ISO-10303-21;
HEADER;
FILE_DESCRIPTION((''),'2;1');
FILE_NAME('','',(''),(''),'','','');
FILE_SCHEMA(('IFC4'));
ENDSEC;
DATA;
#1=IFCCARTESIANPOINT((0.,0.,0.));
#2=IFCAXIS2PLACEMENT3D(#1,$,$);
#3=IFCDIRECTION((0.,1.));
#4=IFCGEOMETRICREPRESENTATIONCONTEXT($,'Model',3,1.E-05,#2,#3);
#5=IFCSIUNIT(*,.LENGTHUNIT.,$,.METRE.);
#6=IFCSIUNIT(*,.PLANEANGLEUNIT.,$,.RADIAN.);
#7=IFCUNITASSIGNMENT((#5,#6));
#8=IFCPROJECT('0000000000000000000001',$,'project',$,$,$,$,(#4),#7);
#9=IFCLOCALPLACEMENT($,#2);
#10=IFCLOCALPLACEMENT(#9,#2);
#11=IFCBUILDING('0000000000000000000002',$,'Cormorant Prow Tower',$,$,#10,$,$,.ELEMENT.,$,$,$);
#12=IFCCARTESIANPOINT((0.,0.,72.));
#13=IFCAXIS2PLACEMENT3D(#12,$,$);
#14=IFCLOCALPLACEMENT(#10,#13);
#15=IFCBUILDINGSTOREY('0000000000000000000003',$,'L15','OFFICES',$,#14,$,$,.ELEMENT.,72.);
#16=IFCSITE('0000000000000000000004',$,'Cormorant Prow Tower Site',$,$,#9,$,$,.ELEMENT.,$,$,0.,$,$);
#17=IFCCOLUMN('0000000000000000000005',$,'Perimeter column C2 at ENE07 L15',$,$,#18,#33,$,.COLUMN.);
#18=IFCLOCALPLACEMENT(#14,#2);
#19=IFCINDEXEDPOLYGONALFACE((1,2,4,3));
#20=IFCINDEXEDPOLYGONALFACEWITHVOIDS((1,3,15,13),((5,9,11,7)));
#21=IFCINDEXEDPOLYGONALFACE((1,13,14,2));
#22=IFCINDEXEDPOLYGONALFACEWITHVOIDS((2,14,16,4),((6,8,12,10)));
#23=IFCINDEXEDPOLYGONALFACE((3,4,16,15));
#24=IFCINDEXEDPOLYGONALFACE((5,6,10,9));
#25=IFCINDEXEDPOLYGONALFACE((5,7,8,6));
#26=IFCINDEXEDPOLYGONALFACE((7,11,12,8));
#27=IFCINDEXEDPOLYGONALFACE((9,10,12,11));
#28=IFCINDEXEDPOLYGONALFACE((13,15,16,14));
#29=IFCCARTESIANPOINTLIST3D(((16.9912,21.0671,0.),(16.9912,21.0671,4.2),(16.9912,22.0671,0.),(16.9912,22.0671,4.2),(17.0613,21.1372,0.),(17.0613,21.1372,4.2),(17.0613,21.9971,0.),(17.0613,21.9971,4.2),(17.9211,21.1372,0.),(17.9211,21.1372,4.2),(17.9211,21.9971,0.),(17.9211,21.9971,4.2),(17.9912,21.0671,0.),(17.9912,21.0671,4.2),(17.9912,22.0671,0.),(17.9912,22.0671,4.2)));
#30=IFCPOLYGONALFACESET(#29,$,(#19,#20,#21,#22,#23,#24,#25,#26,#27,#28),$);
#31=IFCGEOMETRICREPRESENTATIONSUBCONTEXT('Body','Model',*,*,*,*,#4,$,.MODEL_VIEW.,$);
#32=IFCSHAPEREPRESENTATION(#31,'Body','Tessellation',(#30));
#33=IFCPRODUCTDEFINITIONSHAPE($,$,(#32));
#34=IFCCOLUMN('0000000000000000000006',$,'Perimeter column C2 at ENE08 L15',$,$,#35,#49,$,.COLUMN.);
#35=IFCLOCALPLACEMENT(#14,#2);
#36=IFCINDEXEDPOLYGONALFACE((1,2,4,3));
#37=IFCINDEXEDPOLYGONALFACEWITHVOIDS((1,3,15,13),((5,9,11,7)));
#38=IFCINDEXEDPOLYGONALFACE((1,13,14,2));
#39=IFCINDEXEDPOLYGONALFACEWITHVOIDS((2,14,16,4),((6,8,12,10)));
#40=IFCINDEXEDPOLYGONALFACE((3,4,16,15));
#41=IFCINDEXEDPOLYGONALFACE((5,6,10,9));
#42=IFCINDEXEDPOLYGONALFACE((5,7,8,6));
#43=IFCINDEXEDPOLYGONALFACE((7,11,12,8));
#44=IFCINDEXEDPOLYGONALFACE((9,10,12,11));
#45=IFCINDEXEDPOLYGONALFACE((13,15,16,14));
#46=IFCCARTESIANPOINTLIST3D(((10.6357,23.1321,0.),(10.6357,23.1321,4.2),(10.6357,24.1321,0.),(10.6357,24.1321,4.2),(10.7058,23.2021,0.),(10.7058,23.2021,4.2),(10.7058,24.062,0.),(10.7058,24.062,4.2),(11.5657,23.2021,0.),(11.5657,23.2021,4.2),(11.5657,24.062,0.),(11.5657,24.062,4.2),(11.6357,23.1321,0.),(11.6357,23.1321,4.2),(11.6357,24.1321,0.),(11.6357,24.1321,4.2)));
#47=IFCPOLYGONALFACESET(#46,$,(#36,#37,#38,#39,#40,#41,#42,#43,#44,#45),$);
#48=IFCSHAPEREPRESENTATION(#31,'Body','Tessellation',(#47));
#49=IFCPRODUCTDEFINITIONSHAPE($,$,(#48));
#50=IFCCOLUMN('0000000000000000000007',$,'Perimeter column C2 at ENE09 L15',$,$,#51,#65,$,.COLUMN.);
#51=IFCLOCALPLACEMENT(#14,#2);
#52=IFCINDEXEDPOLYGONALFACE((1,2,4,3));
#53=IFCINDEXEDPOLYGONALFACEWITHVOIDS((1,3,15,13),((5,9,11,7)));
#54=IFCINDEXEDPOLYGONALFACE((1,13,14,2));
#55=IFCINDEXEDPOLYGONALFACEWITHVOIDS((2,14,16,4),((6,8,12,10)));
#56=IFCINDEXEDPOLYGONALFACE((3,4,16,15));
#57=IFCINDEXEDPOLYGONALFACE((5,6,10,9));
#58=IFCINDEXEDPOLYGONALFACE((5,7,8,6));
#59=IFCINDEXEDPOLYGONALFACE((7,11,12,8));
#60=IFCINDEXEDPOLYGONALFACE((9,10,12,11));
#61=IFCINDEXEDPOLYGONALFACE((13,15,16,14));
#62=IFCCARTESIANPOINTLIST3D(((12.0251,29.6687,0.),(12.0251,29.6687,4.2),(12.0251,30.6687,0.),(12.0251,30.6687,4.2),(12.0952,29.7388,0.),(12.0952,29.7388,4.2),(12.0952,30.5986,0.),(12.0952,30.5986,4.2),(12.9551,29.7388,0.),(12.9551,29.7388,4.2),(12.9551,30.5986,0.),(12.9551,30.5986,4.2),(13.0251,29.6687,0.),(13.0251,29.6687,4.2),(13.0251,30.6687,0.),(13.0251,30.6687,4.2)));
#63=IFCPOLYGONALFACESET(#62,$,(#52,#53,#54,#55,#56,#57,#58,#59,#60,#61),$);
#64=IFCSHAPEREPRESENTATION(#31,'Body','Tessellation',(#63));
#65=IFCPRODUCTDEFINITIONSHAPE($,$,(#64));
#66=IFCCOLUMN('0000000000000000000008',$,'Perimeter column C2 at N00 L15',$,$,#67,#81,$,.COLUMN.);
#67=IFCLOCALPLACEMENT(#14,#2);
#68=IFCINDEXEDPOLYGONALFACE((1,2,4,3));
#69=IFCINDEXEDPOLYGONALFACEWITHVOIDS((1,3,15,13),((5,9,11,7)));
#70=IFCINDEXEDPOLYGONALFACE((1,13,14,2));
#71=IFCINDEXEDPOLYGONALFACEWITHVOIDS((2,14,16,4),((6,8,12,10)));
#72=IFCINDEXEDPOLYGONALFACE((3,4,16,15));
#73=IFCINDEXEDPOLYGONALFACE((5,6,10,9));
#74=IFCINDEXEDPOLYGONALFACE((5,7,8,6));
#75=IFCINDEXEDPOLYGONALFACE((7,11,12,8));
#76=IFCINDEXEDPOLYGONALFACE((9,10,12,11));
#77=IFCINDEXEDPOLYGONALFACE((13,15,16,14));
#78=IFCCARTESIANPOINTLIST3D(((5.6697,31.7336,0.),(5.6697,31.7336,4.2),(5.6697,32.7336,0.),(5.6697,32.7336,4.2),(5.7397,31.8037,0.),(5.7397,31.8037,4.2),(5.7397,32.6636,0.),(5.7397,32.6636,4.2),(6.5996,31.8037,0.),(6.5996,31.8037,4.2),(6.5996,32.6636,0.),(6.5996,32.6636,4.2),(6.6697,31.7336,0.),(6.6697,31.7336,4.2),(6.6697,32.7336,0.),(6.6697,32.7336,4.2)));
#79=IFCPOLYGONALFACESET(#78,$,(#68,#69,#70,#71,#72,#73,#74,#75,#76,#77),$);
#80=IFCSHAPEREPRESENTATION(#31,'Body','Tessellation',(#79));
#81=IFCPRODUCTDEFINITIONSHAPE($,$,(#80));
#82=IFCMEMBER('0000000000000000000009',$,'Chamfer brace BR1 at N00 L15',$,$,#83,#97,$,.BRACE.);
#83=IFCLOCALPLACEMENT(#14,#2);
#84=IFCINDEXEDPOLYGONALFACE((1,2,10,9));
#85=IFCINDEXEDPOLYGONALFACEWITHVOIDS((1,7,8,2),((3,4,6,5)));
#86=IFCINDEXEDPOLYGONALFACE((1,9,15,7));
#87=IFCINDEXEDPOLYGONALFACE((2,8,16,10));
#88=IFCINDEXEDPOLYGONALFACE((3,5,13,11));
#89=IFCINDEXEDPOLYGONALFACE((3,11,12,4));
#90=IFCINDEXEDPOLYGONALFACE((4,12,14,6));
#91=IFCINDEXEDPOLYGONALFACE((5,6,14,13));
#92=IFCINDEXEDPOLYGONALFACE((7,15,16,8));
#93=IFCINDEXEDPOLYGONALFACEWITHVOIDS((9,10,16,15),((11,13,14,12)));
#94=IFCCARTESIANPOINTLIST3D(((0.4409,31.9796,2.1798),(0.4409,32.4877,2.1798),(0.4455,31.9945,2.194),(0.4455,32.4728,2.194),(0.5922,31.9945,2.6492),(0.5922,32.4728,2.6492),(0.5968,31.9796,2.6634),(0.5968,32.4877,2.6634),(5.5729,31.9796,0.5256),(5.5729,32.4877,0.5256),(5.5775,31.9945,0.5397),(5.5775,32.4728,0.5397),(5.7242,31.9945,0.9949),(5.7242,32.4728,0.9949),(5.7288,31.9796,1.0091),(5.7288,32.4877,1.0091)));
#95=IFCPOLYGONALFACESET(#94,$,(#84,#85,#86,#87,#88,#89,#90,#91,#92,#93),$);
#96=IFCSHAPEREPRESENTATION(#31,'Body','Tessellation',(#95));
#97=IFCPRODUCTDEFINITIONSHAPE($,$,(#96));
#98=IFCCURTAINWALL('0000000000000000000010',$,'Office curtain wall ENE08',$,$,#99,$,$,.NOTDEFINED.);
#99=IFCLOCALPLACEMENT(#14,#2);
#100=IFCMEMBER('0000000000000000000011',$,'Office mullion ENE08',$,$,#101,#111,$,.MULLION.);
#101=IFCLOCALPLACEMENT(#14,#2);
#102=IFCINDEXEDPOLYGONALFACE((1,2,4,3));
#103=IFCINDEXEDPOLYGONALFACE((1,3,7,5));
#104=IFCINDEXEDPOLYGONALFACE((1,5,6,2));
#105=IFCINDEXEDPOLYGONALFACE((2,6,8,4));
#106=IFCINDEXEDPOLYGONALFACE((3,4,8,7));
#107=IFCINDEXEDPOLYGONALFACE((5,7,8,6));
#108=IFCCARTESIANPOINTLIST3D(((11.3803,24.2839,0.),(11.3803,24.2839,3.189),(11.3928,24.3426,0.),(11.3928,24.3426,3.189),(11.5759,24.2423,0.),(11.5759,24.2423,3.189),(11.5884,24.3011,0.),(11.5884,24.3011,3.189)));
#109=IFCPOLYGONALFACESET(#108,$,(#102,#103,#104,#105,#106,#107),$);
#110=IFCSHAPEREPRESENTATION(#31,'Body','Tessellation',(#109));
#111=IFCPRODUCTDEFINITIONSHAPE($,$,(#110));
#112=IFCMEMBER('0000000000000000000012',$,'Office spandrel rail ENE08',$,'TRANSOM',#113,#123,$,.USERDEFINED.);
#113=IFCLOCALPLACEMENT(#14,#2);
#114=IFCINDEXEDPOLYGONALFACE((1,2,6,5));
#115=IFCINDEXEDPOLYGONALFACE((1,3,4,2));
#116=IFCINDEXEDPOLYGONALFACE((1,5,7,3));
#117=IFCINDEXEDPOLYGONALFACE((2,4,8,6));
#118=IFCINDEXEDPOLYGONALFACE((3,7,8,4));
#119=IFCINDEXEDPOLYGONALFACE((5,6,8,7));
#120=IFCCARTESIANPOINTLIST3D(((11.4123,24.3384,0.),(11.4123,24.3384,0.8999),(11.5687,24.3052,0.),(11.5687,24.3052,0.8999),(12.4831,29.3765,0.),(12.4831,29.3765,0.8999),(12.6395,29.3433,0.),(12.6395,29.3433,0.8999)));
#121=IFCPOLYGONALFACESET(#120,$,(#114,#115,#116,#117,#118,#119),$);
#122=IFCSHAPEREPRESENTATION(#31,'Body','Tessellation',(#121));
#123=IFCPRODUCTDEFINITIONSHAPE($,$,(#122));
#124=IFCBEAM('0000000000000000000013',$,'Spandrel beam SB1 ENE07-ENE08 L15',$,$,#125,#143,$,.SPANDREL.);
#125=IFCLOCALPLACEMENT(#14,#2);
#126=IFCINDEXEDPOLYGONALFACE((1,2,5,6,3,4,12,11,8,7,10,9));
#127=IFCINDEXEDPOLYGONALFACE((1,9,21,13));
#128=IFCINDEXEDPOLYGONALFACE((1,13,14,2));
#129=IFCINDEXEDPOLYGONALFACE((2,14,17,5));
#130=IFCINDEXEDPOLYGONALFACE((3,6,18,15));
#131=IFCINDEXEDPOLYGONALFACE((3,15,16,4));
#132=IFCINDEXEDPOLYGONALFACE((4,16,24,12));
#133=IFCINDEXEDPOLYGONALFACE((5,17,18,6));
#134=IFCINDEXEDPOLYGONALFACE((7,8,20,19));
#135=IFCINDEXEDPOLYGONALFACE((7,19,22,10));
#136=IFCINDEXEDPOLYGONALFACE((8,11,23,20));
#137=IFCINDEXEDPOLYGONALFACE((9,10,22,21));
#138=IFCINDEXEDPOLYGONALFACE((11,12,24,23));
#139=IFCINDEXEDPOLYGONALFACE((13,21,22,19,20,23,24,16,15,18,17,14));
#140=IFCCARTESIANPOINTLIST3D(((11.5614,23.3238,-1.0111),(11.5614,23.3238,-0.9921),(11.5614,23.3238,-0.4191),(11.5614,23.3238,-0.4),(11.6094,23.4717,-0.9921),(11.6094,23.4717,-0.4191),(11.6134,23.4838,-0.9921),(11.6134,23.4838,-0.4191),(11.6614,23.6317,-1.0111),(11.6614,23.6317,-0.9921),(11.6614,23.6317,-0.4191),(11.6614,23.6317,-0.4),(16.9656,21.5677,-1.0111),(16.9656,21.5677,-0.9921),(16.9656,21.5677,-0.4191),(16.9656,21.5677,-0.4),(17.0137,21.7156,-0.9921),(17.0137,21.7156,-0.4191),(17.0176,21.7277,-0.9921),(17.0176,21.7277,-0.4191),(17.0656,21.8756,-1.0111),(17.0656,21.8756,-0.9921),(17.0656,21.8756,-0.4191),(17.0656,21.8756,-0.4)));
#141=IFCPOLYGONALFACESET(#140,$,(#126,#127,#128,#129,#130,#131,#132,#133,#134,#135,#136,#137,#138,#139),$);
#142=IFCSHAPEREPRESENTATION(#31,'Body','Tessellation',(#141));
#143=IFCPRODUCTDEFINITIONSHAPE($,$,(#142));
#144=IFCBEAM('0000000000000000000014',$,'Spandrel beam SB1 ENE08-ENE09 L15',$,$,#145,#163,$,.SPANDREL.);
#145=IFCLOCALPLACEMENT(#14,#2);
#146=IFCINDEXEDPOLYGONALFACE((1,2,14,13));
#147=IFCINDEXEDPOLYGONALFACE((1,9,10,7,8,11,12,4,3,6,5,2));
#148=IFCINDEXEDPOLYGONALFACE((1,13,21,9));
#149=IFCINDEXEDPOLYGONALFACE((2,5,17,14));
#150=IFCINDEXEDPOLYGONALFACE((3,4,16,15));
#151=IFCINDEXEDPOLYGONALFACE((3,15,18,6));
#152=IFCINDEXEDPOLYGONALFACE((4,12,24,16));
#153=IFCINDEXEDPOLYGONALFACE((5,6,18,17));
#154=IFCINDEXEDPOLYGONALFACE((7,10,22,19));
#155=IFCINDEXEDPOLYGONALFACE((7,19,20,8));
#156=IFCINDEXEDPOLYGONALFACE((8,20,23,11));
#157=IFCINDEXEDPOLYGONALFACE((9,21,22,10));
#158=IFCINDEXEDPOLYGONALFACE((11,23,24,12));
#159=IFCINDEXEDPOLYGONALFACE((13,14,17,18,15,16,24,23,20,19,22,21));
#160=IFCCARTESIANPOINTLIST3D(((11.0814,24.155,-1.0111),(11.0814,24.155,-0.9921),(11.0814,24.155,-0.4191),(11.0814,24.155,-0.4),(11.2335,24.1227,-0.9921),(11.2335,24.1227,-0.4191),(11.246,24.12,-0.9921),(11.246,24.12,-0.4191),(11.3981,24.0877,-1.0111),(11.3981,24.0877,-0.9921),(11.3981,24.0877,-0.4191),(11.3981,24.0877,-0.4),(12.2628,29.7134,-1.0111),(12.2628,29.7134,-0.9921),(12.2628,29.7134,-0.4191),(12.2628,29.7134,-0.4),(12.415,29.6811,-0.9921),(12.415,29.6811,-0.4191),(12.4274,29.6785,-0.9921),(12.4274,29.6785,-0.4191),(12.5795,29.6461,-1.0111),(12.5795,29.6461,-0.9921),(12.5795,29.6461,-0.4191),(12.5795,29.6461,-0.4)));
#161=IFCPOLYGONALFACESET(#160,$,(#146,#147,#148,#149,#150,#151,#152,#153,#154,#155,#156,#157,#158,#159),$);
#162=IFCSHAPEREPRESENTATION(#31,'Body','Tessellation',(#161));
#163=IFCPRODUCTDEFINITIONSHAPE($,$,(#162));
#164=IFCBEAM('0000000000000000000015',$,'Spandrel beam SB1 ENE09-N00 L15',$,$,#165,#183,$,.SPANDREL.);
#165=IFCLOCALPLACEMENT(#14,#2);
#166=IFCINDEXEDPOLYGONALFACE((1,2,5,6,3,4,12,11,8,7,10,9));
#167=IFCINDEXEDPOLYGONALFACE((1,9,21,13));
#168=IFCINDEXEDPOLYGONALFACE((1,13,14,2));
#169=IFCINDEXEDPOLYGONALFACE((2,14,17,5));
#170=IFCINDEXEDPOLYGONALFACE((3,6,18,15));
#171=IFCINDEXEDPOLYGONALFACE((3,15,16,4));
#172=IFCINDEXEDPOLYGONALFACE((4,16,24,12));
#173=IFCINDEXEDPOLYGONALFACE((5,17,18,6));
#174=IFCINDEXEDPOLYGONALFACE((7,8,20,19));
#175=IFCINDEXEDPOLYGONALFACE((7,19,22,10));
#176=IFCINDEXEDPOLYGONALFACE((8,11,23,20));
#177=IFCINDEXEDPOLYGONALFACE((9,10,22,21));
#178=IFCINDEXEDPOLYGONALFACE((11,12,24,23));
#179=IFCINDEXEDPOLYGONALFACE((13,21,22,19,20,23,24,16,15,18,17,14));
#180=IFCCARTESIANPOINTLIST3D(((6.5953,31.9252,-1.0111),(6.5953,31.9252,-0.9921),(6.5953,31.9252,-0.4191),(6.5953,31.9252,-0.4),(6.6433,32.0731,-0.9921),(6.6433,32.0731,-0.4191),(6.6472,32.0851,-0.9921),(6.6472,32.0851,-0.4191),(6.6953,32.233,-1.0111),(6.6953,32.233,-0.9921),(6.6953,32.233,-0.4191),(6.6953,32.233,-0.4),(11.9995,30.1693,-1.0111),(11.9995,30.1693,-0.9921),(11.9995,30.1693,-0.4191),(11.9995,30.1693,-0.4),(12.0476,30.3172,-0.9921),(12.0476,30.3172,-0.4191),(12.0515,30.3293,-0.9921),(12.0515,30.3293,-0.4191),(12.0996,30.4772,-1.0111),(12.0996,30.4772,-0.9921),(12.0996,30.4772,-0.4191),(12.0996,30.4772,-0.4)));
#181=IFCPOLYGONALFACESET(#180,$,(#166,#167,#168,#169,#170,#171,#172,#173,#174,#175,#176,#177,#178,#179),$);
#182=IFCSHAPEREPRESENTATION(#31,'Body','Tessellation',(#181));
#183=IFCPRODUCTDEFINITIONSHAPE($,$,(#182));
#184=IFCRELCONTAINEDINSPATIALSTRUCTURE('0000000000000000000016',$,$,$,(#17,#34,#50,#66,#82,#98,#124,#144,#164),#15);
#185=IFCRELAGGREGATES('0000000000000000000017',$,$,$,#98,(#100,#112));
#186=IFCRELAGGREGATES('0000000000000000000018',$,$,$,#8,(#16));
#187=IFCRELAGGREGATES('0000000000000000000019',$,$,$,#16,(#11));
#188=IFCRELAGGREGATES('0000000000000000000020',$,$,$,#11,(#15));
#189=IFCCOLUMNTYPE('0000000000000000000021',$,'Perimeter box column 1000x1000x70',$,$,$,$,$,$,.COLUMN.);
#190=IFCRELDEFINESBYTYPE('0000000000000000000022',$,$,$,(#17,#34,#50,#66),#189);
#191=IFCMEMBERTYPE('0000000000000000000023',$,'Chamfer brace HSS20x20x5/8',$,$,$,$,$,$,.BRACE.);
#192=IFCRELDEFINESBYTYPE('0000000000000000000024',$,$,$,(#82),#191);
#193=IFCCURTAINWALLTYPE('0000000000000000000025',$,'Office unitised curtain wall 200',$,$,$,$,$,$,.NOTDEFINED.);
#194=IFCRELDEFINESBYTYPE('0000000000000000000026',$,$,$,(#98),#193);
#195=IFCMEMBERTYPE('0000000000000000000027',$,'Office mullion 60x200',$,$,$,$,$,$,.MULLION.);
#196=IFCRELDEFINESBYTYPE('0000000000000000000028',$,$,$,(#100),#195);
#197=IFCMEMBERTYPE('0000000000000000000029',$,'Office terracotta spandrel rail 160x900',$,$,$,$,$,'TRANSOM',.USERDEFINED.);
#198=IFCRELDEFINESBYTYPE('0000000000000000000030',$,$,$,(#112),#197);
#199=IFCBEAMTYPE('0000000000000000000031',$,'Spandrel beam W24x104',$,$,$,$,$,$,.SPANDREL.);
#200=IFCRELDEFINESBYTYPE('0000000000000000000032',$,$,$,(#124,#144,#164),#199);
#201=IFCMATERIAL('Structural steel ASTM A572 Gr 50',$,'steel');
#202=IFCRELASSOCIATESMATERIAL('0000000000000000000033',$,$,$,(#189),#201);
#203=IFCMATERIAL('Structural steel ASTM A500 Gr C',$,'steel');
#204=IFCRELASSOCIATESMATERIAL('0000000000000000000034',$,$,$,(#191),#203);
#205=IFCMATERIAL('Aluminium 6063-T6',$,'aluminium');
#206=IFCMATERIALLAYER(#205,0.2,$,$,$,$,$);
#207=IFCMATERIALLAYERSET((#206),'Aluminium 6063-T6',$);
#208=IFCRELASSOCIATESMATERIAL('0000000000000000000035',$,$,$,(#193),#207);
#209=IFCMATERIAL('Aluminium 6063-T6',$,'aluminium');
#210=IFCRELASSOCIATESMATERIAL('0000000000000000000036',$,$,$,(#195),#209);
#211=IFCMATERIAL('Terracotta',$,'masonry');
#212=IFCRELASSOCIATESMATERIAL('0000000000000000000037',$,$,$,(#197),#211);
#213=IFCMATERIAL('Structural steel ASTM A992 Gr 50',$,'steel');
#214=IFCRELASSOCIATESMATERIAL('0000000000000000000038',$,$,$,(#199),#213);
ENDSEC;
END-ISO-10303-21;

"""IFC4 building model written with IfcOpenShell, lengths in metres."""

from ifc_helpers import new_model, si_unit, direction, frame, origin, origin_2d, place, context, subcontext, project, spatial, rectangle, hollow_rectangle, i_section, extrude, material, layer, layer_set, material_profile, profile_set, type_object, element, aggregate, save


model = new_model("IFC4")

# Units and contexts
model_context = context("Model", 3, precision=1e-05, world=origin(), true_north=direction((0.0, 1.0)))
body_context = subcontext(model_context, "Body", "Model", "MODEL_VIEW")
ifc_project = project(units=[si_unit("LENGTHUNIT", "METRE"), si_unit("PLANEANGLEUNIT", "RADIAN")], contexts=[model_context])

# Site, building, storey
site_placement = place(None, origin())
site = spatial("IfcSite", under=ifc_project, at=site_placement, Name="Cormorant Prow Tower Site", CompositionType="ELEMENT", RefElevation=0.0)
building_placement = place(site_placement, origin())
building = spatial("IfcBuilding", under=site, at=building_placement, Name="Cormorant Prow Tower", CompositionType="ELEMENT")
storey_placement = place(building_placement, frame((0.0, 0.0, 72.0)))
storey = spatial("IfcBuildingStorey", under=building, at=storey_placement, Name="L15", Description="OFFICES", CompositionType="ELEMENT", Elevation=72.0)

# Columns
ifc_material_1 = material(Name="Structural steel ASTM A572 Gr 50", Category="steel")
ifc_material_profile_1 = material_profile(ifc_material_1, hollow_rectangle(XDim=1.0, YDim=1.0, WallThickness=0.0701, at=origin_2d()), Name="Box 1000x1000x70")
ifc_profile_set_1 = profile_set([ifc_material_profile_1], Name="Structural steel ASTM A572 Gr 50")
column_type = type_object("IfcColumnType", Name="Perimeter box column 1000x1000x70", PredefinedType="COLUMN", material=ifc_profile_set_1)
for number, where, z_axis, x_axis, name in (
    (1, (17.4912, 21.5671, 0.0), (0.0, 0.0, 1.0), (1.0, 0.0, 0.0), "Perimeter column C2 at ENE07 L15"),
    (2, (11.1357, 23.6321, 0.0), (0.0, 0.0, 1.0), (1.0, 0.0, 0.0), "Perimeter column C2 at ENE08 L15"),
    (3, (12.5251, 30.1687, 0.0), (0.0, 0.0, 1.0), (1.0, 0.0, 0.0), "Perimeter column C2 at ENE09 L15"),
    (4, (6.1697, 32.2336, 0.0), (0.0, 0.0, 1.0), (1.0, 0.0, 0.0), "Perimeter column C2 at N00 L15"),
):
    element("IfcColumn", number, at=place(storey_placement, frame(where, z_axis=z_axis, x_axis=x_axis)), inside=storey, type_object=column_type, Name=name, PredefinedType="COLUMN", context=body_context, shape_type="SweptSolid", body=[
        extrude(hollow_rectangle(XDim=1.0, YDim=1.0, WallThickness=0.0701, at=origin_2d()), origin(), (0.0, 0.0, 1.0), 4.2),
    ])

# Member
ifc_material_2 = material(Name="Structural steel ASTM A500 Gr C", Category="steel")
ifc_material_profile_2 = material_profile(ifc_material_2, hollow_rectangle(XDim=0.5081, YDim=0.5081, WallThickness=0.0149, at=origin_2d()), Name="HSS20x20x5/8")
ifc_profile_set_2 = profile_set([ifc_material_profile_2], Name="Structural steel ASTM A500 Gr C")
member_type_1 = type_object("IfcMemberType", Name="Chamfer brace HSS20x20x5/8", PredefinedType="BRACE", material=ifc_profile_set_2)
member_1_placement = place(storey_placement, frame((5.6509, 32.2336, 0.7673), z_axis=(-0.951774, 0.0, 0.306799), x_axis=(0.0, -1.0, 0.0)))
element("IfcMember", 5, at=member_1_placement, inside=storey, type_object=member_type_1, Name="Chamfer brace BR1 at N00 L15", PredefinedType="BRACE", context=body_context, shape_type="SweptSolid", body=[
    extrude(hollow_rectangle(XDim=0.5081, YDim=0.5081, WallThickness=0.0149, at=origin_2d()), origin(), (0.0, 0.0, 1.0), 5.3921),
])

# Curtain wall, members
ifc_material_3 = material(Name="Aluminium 6063-T6", Category="aluminium")
ifc_layer_1 = layer(ifc_material_3, 0.2)
ifc_layer_set_1 = layer_set([ifc_layer_1], Name="Aluminium 6063-T6")
curtain_wall_type = type_object("IfcCurtainWallType", Name="Office unitised curtain wall 200", PredefinedType="NOTDEFINED", material=ifc_layer_set_1)
curtain_wall_placement = place(storey_placement, origin())
curtain_wall = element("IfcCurtainWall", 6, at=curtain_wall_placement, inside=storey, type_object=curtain_wall_type, Name="Office curtain wall ENE08", PredefinedType="NOTDEFINED")
ifc_material_4 = material(Name="Aluminium 6063-T6", Category="aluminium")
ifc_material_profile_3 = material_profile(ifc_material_4, rectangle(XDim=0.2, YDim=0.0601, at=origin_2d()), Name="Office mullion 60x200")
ifc_profile_set_3 = profile_set([ifc_material_profile_3], Name="Aluminium 6063-T6")
member_type_2 = type_object("IfcMemberType", Name="Office mullion 60x200", PredefinedType="MULLION", material=ifc_profile_set_3)
member_2_placement = place(storey_placement, frame((11.4844, 24.2925, 0.0), z_axis=(0.0, 0.0, 1.0), x_axis=(-0.978148, 0.207912, 0.0)))
member_2 = element("IfcMember", 7, at=member_2_placement, type_object=member_type_2, Name="Office mullion ENE08", PredefinedType="MULLION", context=body_context, shape_type="SweptSolid", body=[
    extrude(rectangle(XDim=0.2, YDim=0.0601, at=origin_2d()), origin(), (0.0, 0.0, 1.0), 3.189),
])
ifc_material_5 = material(Name="Terracotta", Category="masonry")
ifc_material_profile_4 = material_profile(ifc_material_5, rectangle(XDim=0.1599, YDim=0.8999, at=origin_2d()), Name="Office terracotta spandrel rail 160x900")
ifc_profile_set_4 = profile_set([ifc_material_profile_4], Name="Terracotta")
member_type_3 = type_object("IfcMemberType", Name="Office terracotta spandrel rail 160x900", ElementType="TRANSOM", PredefinedType="USERDEFINED", material=ifc_profile_set_4)
member_3_placement = place(storey_placement, frame((11.4905, 24.3218, 0.45), z_axis=(0.207897, 0.978151, 0.0), x_axis=(-0.978151, 0.207897, 0.0)))
member_3 = element("IfcMember", 8, at=member_3_placement, type_object=member_type_3, Name="Office spandrel rail ENE08", ObjectType="TRANSOM", PredefinedType="USERDEFINED", context=body_context, shape_type="SweptSolid", body=[
    extrude(rectangle(XDim=0.1599, YDim=0.8999, at=origin_2d()), origin(), (0.0, 0.0, 1.0), 5.1506),
])

# Beams
ifc_material_6 = material(Name="Structural steel ASTM A992 Gr 50", Category="steel")
ifc_material_profile_5 = material_profile(ifc_material_6, i_section(OverallWidth=0.3237, OverallDepth=0.6111, WebThickness=0.0127, FlangeThickness=0.019, at=origin_2d()), Name="W24x104")
ifc_profile_set_5 = profile_set([ifc_material_profile_5], Name="Structural steel ASTM A992 Gr 50")
beam_type = type_object("IfcBeamType", Name="Spandrel beam W24x104", PredefinedType="SPANDREL", material=ifc_profile_set_5)
beam_1_placement = place(storey_placement, frame((17.0156, 21.7217, -0.7056), z_axis=(-0.951049, 0.309039, 0.0), x_axis=(-0.309039, -0.951049, 0.0)))
element("IfcBeam", 9, at=beam_1_placement, inside=storey, type_object=beam_type, Name="Spandrel beam SB1 ENE07-ENE08 L15", PredefinedType="SPANDREL", context=body_context, shape_type="SweptSolid", body=[
    extrude(i_section(OverallWidth=0.3237, OverallDepth=0.6111, WebThickness=0.0127, FlangeThickness=0.019, at=origin_2d()), origin(), (0.0, 0.0, 1.0), 5.6824),
])
beam_2_placement = place(storey_placement, frame((11.2397, 24.1213, -0.7056), z_axis=(0.2079, 0.97815, 0.0), x_axis=(-0.97815, 0.2079, 0.0)))
element("IfcBeam", 10, at=beam_2_placement, inside=storey, type_object=beam_type, Name="Spandrel beam SB1 ENE08-ENE09 L15", PredefinedType="SPANDREL", context=body_context, shape_type="SweptSolid", body=[
    extrude(i_section(OverallWidth=0.3237, OverallDepth=0.6111, WebThickness=0.0127, FlangeThickness=0.019, at=origin_2d()), origin(), (0.0, 0.0, 1.0), 5.6826),
])
beam_3_placement = place(storey_placement, frame((12.0496, 30.3232, -0.7056), z_axis=(-0.951062, 0.309001, 0.0), x_axis=(-0.309001, -0.951062, 0.0)))
element("IfcBeam", 11, at=beam_3_placement, inside=storey, type_object=beam_type, Name="Spandrel beam SB1 ENE09-N00 L15", PredefinedType="SPANDREL", context=body_context, shape_type="SweptSolid", body=[
    extrude(i_section(OverallWidth=0.3237, OverallDepth=0.6111, WebThickness=0.0127, FlangeThickness=0.019, at=origin_2d()), origin(), (0.0, 0.0, 1.0), 5.6824),
])

aggregate(curtain_wall, [member_2, member_3])

save(model, "model.ifc")
